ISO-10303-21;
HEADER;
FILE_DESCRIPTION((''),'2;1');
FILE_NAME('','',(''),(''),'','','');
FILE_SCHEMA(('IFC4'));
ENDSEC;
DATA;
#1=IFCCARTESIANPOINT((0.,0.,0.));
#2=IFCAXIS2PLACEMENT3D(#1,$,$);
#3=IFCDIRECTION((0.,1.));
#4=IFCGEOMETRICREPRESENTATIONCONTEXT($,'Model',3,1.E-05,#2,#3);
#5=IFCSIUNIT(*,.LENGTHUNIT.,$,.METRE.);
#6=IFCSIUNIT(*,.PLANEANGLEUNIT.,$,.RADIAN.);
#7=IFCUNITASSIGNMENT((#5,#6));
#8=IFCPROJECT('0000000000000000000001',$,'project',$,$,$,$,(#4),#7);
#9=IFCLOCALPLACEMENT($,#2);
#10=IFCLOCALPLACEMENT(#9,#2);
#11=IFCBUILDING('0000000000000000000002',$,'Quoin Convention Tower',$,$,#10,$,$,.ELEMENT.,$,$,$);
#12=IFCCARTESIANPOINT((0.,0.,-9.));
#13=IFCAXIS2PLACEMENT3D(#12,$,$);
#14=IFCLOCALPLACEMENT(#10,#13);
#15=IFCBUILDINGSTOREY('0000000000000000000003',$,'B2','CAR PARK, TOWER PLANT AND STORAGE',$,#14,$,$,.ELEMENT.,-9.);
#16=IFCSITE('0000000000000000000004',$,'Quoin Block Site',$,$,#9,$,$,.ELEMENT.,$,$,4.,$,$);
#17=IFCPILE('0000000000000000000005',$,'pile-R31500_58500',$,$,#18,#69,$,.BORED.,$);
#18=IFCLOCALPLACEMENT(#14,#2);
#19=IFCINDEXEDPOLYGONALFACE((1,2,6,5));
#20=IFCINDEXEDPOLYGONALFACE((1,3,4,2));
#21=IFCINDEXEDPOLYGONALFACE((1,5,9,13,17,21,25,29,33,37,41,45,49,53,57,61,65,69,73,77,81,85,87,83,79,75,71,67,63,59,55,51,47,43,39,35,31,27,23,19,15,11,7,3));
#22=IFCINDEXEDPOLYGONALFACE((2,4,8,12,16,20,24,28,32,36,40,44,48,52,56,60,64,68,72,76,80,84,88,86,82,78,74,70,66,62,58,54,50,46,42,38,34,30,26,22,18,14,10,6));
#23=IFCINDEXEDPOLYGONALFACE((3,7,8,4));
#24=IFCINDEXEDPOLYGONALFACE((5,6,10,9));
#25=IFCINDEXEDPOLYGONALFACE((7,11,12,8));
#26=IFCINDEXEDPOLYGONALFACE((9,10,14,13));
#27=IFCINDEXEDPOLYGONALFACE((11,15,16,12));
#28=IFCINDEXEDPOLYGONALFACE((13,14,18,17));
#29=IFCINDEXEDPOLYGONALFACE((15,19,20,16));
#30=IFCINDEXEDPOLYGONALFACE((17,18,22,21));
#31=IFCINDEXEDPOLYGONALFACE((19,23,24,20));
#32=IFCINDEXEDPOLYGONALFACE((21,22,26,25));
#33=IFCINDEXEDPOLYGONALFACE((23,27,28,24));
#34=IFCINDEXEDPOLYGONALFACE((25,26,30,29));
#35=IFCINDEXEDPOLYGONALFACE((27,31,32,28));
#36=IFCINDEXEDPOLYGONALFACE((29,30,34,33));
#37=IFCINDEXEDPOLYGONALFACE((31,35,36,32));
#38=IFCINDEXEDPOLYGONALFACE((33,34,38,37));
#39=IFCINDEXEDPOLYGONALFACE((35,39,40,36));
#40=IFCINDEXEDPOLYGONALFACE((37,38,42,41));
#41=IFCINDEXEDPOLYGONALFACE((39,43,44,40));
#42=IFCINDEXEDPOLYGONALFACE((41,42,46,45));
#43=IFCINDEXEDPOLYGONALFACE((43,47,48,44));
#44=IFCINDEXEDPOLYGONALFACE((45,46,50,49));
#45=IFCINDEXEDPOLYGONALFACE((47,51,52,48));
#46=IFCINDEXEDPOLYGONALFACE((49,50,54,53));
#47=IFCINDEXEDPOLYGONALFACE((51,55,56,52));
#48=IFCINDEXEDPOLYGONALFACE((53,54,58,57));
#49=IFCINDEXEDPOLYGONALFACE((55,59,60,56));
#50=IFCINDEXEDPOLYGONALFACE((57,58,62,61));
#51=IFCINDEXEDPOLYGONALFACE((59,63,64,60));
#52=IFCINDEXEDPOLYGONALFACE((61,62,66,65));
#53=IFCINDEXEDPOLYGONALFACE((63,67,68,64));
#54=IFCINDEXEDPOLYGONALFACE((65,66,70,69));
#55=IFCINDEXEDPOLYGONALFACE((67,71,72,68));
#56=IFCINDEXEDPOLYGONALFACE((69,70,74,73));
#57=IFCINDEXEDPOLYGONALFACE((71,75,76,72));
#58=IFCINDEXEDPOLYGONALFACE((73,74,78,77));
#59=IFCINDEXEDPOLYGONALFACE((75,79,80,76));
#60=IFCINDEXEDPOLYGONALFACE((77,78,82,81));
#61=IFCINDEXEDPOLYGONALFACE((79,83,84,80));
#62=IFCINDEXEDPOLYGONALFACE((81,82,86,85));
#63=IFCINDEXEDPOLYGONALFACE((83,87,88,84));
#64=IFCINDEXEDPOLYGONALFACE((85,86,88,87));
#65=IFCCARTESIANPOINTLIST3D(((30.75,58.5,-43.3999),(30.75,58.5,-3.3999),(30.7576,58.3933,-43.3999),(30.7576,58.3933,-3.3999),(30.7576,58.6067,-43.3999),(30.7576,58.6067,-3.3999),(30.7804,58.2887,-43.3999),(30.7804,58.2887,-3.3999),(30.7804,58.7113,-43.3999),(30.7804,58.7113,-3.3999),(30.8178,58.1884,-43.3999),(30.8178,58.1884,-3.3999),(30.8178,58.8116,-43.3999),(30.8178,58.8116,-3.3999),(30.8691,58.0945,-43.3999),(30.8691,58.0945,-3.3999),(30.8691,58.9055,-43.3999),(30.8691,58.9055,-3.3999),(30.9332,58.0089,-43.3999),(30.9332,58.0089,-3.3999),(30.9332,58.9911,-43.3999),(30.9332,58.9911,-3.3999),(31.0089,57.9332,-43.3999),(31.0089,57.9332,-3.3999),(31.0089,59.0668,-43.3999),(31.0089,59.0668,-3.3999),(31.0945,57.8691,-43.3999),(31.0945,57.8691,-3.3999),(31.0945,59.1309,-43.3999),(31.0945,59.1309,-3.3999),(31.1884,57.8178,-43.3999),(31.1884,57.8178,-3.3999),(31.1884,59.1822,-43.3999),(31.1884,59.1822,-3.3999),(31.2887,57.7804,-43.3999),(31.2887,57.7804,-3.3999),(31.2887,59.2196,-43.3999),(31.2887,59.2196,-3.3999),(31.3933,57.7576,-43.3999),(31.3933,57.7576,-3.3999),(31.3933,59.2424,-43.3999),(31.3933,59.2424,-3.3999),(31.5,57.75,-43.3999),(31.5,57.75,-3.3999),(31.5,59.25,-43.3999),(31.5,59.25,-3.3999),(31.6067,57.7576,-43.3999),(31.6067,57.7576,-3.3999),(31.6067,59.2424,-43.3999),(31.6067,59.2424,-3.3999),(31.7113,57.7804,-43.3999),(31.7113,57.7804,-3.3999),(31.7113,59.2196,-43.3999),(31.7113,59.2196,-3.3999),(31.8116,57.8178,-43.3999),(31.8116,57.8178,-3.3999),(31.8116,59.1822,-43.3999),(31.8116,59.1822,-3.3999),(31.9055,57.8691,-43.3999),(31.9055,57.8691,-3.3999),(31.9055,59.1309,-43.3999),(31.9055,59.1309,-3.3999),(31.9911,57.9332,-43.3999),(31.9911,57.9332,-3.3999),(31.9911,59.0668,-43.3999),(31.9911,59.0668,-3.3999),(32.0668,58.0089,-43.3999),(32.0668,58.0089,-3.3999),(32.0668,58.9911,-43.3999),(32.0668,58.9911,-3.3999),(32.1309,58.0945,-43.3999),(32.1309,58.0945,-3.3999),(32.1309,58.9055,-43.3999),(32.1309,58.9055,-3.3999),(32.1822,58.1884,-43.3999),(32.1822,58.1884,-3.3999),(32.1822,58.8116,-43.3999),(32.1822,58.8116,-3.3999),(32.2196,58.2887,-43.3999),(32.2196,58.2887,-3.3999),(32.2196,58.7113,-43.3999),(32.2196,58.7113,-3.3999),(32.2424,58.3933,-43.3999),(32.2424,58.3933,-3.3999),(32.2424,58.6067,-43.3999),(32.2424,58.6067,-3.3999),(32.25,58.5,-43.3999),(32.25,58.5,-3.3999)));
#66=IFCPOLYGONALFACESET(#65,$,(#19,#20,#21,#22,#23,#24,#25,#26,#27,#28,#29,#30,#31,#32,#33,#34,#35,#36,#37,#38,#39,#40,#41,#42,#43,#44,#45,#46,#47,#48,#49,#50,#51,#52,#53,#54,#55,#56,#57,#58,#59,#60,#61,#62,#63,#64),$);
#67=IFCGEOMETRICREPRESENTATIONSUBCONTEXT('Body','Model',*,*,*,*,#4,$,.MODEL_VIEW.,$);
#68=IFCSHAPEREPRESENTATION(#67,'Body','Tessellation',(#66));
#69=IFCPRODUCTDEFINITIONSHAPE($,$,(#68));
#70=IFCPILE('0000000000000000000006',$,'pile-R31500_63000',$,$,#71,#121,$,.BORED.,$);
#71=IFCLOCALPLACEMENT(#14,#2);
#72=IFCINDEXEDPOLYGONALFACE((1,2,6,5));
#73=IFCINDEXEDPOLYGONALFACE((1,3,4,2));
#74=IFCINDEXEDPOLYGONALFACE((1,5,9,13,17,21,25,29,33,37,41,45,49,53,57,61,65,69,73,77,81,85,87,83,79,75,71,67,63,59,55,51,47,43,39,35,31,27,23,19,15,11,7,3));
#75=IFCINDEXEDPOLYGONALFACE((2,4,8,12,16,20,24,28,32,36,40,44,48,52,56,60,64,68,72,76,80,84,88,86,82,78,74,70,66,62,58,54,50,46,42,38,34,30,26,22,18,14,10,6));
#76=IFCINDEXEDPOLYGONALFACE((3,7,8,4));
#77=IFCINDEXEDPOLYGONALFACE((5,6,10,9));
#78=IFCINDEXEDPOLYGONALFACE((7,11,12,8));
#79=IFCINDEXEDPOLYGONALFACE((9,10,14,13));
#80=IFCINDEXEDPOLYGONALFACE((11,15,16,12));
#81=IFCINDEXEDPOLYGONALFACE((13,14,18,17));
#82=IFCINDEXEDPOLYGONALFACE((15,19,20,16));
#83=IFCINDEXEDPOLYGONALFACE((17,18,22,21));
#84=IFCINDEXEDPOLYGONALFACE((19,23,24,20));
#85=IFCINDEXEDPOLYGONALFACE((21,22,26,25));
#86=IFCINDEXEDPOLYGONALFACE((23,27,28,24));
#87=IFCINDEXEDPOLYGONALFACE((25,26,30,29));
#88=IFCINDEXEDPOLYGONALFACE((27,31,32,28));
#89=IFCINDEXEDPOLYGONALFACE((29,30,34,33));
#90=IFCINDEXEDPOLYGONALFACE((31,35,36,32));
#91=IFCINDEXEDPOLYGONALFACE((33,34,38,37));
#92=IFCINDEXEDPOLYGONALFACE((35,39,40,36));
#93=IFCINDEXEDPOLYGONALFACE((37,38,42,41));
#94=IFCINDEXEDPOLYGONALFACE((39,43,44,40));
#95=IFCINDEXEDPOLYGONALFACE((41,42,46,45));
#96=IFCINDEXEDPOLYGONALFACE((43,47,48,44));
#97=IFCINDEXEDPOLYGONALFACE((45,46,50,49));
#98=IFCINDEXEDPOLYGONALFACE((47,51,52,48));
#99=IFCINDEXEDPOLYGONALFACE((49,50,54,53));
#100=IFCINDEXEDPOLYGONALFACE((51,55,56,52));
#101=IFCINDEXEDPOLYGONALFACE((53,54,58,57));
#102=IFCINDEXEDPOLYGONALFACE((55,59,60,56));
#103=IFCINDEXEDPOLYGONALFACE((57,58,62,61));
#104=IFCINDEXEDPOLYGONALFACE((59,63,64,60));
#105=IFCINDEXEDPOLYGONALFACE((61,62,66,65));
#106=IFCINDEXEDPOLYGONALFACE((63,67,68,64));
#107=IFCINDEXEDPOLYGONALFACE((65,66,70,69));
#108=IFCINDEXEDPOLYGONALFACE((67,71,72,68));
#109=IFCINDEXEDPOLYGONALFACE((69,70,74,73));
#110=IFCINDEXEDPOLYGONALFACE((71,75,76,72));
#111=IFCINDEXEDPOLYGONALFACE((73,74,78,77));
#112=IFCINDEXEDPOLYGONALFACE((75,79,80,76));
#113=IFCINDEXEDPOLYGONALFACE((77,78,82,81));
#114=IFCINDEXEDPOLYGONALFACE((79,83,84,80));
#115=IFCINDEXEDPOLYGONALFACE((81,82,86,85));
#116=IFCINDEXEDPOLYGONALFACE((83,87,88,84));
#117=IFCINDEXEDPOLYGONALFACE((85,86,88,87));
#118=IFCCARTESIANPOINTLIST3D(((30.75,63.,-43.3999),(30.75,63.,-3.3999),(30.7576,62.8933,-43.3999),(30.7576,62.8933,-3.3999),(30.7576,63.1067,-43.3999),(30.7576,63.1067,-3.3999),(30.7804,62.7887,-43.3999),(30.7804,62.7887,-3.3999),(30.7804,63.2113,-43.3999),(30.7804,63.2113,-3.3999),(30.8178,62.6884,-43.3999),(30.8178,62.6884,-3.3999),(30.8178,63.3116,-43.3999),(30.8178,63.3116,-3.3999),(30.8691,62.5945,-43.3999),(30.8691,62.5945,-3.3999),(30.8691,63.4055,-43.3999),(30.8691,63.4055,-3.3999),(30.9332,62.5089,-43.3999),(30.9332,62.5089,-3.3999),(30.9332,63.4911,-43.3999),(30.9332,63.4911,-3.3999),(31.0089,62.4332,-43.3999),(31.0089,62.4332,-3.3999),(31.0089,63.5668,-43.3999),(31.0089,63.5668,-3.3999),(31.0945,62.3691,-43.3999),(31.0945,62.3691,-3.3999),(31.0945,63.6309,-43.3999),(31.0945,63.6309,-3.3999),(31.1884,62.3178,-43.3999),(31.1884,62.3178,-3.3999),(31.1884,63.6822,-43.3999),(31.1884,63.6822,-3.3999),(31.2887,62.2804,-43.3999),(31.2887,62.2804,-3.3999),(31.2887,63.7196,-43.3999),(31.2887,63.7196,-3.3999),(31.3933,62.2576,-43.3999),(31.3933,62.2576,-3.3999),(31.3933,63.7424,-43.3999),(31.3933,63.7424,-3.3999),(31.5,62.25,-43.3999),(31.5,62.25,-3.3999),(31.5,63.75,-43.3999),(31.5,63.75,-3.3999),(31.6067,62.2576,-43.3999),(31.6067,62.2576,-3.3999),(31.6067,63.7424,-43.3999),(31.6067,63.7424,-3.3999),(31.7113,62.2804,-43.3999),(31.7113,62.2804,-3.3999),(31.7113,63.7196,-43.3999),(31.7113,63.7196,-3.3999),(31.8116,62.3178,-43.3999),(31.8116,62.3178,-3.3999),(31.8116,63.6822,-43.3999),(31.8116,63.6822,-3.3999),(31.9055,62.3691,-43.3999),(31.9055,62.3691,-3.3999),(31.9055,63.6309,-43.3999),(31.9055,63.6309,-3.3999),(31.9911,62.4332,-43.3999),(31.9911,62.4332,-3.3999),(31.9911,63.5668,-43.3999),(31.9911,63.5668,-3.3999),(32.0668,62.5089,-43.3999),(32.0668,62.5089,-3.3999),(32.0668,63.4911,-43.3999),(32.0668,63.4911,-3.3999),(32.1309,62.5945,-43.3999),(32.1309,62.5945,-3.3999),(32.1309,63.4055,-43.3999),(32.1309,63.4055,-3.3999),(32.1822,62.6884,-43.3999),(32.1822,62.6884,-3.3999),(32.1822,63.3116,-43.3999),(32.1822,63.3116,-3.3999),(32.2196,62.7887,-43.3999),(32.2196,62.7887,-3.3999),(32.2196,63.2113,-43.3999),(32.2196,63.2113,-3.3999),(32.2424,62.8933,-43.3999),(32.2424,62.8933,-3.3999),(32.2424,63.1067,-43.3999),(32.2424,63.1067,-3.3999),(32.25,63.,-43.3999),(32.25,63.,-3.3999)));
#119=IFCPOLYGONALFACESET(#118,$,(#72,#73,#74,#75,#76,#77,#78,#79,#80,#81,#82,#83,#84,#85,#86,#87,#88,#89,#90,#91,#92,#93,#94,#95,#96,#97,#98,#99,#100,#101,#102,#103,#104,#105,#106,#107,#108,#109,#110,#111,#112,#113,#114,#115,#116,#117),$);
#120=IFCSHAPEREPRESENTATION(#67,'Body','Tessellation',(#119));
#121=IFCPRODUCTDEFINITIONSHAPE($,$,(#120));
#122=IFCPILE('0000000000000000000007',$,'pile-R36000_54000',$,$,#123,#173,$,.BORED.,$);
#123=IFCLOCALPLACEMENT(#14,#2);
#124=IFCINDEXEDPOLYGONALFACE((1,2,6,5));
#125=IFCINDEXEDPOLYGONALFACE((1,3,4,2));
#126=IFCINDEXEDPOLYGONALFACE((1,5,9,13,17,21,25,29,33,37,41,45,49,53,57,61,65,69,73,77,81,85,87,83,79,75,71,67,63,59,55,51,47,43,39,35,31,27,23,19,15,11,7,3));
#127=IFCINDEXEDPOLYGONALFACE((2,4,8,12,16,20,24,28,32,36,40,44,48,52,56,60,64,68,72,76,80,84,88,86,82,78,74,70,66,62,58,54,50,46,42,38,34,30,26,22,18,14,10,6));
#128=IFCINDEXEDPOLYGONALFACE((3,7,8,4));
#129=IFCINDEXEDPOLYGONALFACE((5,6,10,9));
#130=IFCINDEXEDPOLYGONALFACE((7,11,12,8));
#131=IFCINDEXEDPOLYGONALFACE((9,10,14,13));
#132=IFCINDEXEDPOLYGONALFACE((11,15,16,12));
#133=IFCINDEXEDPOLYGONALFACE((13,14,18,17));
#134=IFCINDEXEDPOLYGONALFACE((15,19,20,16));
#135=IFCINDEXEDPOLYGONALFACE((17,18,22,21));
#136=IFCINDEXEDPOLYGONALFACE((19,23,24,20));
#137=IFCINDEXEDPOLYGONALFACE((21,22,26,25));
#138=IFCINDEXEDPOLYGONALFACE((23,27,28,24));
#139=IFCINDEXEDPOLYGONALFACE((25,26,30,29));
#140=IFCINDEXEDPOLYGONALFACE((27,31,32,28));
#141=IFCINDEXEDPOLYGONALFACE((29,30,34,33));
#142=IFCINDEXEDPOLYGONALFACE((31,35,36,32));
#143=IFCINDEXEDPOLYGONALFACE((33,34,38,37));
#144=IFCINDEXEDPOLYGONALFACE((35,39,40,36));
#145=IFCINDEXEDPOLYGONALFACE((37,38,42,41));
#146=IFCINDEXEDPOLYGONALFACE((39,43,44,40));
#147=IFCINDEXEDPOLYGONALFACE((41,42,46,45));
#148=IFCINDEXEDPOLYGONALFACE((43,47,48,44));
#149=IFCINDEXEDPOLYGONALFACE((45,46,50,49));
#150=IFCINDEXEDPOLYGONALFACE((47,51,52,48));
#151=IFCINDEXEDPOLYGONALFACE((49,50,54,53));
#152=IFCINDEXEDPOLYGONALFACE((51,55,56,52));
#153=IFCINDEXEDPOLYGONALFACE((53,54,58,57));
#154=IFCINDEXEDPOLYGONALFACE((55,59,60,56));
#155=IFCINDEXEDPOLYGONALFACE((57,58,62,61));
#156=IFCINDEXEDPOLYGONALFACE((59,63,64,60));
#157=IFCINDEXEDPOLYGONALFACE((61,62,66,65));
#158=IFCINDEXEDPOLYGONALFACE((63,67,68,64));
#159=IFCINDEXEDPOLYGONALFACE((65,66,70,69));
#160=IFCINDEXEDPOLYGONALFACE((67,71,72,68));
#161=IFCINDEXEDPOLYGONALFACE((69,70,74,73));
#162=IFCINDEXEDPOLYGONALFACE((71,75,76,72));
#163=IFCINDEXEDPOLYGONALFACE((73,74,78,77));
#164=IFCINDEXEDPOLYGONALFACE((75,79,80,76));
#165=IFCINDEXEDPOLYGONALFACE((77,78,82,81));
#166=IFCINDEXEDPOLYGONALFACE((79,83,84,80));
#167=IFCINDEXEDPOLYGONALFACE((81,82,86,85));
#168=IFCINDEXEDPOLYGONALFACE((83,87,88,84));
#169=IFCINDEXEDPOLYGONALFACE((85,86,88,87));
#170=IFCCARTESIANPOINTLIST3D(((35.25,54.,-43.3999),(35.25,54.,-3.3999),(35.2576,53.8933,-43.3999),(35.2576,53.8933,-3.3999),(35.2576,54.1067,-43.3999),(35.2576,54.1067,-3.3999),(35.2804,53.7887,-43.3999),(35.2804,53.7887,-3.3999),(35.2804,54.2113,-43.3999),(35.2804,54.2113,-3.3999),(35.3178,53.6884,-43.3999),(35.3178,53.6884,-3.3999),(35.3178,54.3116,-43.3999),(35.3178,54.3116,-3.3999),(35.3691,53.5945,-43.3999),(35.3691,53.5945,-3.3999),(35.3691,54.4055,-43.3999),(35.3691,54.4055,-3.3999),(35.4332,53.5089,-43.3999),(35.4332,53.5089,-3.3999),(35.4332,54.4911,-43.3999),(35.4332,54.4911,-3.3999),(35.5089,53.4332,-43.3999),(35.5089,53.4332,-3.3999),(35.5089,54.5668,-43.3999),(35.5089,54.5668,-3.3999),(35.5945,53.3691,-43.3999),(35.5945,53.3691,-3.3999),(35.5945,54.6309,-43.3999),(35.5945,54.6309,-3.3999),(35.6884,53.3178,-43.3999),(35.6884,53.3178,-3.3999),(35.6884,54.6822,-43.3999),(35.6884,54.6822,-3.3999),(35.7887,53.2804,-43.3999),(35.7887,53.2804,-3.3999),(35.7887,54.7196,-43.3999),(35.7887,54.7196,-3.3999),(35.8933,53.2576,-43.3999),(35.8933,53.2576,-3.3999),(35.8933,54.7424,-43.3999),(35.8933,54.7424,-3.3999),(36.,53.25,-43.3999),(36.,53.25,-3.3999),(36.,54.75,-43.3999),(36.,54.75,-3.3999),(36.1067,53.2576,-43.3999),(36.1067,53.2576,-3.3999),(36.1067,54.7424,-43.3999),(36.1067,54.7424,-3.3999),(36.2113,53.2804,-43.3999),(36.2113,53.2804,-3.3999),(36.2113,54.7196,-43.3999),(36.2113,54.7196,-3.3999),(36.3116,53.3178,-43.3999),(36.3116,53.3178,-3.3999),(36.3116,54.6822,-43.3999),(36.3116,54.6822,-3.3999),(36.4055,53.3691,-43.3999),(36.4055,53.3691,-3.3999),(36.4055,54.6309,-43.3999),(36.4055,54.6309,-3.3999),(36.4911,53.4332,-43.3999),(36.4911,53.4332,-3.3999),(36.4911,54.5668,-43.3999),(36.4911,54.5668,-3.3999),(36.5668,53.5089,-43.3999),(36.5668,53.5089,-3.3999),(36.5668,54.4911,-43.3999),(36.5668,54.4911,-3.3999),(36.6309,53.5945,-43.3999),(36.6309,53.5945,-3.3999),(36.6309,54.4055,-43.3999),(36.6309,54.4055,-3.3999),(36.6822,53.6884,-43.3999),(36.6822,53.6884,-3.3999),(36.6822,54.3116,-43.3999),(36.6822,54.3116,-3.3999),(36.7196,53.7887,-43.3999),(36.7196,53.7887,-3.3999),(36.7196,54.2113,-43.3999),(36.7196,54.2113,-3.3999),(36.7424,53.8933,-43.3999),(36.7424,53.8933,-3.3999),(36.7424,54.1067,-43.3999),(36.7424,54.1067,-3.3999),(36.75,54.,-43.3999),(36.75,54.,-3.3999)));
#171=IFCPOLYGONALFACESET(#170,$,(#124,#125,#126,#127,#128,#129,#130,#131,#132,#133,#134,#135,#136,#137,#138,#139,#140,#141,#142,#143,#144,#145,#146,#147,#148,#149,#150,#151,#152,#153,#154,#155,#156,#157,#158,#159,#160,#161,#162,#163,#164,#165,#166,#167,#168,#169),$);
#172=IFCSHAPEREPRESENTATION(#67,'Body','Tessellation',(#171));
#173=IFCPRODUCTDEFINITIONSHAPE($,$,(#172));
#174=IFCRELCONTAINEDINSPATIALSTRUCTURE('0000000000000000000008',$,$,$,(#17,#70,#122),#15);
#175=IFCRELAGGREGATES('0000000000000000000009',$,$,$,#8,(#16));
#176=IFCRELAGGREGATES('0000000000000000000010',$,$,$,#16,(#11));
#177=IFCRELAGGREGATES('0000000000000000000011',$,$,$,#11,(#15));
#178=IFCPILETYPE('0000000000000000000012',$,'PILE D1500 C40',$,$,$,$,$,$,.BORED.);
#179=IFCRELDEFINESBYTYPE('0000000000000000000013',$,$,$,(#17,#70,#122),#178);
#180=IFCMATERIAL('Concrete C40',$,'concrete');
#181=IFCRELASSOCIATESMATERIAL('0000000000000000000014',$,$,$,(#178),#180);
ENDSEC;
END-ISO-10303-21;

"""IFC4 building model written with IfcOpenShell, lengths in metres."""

from ifc_helpers import new_model, si_unit, direction, frame, origin, origin_2d, place, context, subcontext, project, spatial, circle, extrude, material, material_profile, profile_set, type_object, element, save


model = new_model("IFC4")

# Units and contexts
model_context = context("Model", 3, precision=1e-05, world=origin(), true_north=direction((0.0, 1.0)))
body_context = subcontext(model_context, "Body", "Model", "MODEL_VIEW")
ifc_project = project(units=[si_unit("LENGTHUNIT", "METRE"), si_unit("PLANEANGLEUNIT", "RADIAN")], contexts=[model_context])

# Site, building, storey
site_placement = place(None, origin())
site = spatial("IfcSite", under=ifc_project, at=site_placement, Name="Quoin Block Site", CompositionType="ELEMENT", RefElevation=4.0)
building_placement = place(site_placement, origin())
building = spatial("IfcBuilding", under=site, at=building_placement, Name="Quoin Convention Tower", CompositionType="ELEMENT")
storey_placement = place(building_placement, frame((0.0, 0.0, -9.0)))
storey = spatial("IfcBuildingStorey", under=building, at=storey_placement, Name="B2", Description="CAR PARK, TOWER PLANT AND STORAGE", CompositionType="ELEMENT", Elevation=-9.0)

# Piles
ifc_material_1 = material(Name="Concrete C40", Category="concrete")
ifc_material_profile_1 = material_profile(ifc_material_1, circle(Radius=0.75, at=origin_2d()), Name="D1500")
ifc_profile_set_1 = profile_set([ifc_material_profile_1], Name="Concrete C40")
pile_type = type_object("IfcPileType", Name="PILE D1500 C40", PredefinedType="BORED", material=ifc_profile_set_1)
for number, where, z_axis, x_axis, name in (
    (1, (31.5, 58.5, -3.3999), (0.0, 0.0, -1.0), (1.0, 0.0, 0.0), "pile-R31500_58500"),
    (2, (31.5, 63.0, -3.3999), (0.0, 0.0, -1.0), (1.0, 0.0, 0.0), "pile-R31500_63000"),
    (3, (36.0, 54.0, -3.3999), (0.0, 0.0, -1.0), (1.0, 0.0, 0.0), "pile-R36000_54000"),
):
    element("IfcPile", number, at=place(storey_placement, frame(where, z_axis=z_axis, x_axis=x_axis)), inside=storey, type_object=pile_type, Name=name, PredefinedType="BORED", context=body_context, shape_type="SweptSolid", body=[
        extrude(circle(Radius=0.75, at=origin_2d()), origin(), (0.0, 0.0, 1.0), 40.0),
    ])

save(model, "model.ifc")
